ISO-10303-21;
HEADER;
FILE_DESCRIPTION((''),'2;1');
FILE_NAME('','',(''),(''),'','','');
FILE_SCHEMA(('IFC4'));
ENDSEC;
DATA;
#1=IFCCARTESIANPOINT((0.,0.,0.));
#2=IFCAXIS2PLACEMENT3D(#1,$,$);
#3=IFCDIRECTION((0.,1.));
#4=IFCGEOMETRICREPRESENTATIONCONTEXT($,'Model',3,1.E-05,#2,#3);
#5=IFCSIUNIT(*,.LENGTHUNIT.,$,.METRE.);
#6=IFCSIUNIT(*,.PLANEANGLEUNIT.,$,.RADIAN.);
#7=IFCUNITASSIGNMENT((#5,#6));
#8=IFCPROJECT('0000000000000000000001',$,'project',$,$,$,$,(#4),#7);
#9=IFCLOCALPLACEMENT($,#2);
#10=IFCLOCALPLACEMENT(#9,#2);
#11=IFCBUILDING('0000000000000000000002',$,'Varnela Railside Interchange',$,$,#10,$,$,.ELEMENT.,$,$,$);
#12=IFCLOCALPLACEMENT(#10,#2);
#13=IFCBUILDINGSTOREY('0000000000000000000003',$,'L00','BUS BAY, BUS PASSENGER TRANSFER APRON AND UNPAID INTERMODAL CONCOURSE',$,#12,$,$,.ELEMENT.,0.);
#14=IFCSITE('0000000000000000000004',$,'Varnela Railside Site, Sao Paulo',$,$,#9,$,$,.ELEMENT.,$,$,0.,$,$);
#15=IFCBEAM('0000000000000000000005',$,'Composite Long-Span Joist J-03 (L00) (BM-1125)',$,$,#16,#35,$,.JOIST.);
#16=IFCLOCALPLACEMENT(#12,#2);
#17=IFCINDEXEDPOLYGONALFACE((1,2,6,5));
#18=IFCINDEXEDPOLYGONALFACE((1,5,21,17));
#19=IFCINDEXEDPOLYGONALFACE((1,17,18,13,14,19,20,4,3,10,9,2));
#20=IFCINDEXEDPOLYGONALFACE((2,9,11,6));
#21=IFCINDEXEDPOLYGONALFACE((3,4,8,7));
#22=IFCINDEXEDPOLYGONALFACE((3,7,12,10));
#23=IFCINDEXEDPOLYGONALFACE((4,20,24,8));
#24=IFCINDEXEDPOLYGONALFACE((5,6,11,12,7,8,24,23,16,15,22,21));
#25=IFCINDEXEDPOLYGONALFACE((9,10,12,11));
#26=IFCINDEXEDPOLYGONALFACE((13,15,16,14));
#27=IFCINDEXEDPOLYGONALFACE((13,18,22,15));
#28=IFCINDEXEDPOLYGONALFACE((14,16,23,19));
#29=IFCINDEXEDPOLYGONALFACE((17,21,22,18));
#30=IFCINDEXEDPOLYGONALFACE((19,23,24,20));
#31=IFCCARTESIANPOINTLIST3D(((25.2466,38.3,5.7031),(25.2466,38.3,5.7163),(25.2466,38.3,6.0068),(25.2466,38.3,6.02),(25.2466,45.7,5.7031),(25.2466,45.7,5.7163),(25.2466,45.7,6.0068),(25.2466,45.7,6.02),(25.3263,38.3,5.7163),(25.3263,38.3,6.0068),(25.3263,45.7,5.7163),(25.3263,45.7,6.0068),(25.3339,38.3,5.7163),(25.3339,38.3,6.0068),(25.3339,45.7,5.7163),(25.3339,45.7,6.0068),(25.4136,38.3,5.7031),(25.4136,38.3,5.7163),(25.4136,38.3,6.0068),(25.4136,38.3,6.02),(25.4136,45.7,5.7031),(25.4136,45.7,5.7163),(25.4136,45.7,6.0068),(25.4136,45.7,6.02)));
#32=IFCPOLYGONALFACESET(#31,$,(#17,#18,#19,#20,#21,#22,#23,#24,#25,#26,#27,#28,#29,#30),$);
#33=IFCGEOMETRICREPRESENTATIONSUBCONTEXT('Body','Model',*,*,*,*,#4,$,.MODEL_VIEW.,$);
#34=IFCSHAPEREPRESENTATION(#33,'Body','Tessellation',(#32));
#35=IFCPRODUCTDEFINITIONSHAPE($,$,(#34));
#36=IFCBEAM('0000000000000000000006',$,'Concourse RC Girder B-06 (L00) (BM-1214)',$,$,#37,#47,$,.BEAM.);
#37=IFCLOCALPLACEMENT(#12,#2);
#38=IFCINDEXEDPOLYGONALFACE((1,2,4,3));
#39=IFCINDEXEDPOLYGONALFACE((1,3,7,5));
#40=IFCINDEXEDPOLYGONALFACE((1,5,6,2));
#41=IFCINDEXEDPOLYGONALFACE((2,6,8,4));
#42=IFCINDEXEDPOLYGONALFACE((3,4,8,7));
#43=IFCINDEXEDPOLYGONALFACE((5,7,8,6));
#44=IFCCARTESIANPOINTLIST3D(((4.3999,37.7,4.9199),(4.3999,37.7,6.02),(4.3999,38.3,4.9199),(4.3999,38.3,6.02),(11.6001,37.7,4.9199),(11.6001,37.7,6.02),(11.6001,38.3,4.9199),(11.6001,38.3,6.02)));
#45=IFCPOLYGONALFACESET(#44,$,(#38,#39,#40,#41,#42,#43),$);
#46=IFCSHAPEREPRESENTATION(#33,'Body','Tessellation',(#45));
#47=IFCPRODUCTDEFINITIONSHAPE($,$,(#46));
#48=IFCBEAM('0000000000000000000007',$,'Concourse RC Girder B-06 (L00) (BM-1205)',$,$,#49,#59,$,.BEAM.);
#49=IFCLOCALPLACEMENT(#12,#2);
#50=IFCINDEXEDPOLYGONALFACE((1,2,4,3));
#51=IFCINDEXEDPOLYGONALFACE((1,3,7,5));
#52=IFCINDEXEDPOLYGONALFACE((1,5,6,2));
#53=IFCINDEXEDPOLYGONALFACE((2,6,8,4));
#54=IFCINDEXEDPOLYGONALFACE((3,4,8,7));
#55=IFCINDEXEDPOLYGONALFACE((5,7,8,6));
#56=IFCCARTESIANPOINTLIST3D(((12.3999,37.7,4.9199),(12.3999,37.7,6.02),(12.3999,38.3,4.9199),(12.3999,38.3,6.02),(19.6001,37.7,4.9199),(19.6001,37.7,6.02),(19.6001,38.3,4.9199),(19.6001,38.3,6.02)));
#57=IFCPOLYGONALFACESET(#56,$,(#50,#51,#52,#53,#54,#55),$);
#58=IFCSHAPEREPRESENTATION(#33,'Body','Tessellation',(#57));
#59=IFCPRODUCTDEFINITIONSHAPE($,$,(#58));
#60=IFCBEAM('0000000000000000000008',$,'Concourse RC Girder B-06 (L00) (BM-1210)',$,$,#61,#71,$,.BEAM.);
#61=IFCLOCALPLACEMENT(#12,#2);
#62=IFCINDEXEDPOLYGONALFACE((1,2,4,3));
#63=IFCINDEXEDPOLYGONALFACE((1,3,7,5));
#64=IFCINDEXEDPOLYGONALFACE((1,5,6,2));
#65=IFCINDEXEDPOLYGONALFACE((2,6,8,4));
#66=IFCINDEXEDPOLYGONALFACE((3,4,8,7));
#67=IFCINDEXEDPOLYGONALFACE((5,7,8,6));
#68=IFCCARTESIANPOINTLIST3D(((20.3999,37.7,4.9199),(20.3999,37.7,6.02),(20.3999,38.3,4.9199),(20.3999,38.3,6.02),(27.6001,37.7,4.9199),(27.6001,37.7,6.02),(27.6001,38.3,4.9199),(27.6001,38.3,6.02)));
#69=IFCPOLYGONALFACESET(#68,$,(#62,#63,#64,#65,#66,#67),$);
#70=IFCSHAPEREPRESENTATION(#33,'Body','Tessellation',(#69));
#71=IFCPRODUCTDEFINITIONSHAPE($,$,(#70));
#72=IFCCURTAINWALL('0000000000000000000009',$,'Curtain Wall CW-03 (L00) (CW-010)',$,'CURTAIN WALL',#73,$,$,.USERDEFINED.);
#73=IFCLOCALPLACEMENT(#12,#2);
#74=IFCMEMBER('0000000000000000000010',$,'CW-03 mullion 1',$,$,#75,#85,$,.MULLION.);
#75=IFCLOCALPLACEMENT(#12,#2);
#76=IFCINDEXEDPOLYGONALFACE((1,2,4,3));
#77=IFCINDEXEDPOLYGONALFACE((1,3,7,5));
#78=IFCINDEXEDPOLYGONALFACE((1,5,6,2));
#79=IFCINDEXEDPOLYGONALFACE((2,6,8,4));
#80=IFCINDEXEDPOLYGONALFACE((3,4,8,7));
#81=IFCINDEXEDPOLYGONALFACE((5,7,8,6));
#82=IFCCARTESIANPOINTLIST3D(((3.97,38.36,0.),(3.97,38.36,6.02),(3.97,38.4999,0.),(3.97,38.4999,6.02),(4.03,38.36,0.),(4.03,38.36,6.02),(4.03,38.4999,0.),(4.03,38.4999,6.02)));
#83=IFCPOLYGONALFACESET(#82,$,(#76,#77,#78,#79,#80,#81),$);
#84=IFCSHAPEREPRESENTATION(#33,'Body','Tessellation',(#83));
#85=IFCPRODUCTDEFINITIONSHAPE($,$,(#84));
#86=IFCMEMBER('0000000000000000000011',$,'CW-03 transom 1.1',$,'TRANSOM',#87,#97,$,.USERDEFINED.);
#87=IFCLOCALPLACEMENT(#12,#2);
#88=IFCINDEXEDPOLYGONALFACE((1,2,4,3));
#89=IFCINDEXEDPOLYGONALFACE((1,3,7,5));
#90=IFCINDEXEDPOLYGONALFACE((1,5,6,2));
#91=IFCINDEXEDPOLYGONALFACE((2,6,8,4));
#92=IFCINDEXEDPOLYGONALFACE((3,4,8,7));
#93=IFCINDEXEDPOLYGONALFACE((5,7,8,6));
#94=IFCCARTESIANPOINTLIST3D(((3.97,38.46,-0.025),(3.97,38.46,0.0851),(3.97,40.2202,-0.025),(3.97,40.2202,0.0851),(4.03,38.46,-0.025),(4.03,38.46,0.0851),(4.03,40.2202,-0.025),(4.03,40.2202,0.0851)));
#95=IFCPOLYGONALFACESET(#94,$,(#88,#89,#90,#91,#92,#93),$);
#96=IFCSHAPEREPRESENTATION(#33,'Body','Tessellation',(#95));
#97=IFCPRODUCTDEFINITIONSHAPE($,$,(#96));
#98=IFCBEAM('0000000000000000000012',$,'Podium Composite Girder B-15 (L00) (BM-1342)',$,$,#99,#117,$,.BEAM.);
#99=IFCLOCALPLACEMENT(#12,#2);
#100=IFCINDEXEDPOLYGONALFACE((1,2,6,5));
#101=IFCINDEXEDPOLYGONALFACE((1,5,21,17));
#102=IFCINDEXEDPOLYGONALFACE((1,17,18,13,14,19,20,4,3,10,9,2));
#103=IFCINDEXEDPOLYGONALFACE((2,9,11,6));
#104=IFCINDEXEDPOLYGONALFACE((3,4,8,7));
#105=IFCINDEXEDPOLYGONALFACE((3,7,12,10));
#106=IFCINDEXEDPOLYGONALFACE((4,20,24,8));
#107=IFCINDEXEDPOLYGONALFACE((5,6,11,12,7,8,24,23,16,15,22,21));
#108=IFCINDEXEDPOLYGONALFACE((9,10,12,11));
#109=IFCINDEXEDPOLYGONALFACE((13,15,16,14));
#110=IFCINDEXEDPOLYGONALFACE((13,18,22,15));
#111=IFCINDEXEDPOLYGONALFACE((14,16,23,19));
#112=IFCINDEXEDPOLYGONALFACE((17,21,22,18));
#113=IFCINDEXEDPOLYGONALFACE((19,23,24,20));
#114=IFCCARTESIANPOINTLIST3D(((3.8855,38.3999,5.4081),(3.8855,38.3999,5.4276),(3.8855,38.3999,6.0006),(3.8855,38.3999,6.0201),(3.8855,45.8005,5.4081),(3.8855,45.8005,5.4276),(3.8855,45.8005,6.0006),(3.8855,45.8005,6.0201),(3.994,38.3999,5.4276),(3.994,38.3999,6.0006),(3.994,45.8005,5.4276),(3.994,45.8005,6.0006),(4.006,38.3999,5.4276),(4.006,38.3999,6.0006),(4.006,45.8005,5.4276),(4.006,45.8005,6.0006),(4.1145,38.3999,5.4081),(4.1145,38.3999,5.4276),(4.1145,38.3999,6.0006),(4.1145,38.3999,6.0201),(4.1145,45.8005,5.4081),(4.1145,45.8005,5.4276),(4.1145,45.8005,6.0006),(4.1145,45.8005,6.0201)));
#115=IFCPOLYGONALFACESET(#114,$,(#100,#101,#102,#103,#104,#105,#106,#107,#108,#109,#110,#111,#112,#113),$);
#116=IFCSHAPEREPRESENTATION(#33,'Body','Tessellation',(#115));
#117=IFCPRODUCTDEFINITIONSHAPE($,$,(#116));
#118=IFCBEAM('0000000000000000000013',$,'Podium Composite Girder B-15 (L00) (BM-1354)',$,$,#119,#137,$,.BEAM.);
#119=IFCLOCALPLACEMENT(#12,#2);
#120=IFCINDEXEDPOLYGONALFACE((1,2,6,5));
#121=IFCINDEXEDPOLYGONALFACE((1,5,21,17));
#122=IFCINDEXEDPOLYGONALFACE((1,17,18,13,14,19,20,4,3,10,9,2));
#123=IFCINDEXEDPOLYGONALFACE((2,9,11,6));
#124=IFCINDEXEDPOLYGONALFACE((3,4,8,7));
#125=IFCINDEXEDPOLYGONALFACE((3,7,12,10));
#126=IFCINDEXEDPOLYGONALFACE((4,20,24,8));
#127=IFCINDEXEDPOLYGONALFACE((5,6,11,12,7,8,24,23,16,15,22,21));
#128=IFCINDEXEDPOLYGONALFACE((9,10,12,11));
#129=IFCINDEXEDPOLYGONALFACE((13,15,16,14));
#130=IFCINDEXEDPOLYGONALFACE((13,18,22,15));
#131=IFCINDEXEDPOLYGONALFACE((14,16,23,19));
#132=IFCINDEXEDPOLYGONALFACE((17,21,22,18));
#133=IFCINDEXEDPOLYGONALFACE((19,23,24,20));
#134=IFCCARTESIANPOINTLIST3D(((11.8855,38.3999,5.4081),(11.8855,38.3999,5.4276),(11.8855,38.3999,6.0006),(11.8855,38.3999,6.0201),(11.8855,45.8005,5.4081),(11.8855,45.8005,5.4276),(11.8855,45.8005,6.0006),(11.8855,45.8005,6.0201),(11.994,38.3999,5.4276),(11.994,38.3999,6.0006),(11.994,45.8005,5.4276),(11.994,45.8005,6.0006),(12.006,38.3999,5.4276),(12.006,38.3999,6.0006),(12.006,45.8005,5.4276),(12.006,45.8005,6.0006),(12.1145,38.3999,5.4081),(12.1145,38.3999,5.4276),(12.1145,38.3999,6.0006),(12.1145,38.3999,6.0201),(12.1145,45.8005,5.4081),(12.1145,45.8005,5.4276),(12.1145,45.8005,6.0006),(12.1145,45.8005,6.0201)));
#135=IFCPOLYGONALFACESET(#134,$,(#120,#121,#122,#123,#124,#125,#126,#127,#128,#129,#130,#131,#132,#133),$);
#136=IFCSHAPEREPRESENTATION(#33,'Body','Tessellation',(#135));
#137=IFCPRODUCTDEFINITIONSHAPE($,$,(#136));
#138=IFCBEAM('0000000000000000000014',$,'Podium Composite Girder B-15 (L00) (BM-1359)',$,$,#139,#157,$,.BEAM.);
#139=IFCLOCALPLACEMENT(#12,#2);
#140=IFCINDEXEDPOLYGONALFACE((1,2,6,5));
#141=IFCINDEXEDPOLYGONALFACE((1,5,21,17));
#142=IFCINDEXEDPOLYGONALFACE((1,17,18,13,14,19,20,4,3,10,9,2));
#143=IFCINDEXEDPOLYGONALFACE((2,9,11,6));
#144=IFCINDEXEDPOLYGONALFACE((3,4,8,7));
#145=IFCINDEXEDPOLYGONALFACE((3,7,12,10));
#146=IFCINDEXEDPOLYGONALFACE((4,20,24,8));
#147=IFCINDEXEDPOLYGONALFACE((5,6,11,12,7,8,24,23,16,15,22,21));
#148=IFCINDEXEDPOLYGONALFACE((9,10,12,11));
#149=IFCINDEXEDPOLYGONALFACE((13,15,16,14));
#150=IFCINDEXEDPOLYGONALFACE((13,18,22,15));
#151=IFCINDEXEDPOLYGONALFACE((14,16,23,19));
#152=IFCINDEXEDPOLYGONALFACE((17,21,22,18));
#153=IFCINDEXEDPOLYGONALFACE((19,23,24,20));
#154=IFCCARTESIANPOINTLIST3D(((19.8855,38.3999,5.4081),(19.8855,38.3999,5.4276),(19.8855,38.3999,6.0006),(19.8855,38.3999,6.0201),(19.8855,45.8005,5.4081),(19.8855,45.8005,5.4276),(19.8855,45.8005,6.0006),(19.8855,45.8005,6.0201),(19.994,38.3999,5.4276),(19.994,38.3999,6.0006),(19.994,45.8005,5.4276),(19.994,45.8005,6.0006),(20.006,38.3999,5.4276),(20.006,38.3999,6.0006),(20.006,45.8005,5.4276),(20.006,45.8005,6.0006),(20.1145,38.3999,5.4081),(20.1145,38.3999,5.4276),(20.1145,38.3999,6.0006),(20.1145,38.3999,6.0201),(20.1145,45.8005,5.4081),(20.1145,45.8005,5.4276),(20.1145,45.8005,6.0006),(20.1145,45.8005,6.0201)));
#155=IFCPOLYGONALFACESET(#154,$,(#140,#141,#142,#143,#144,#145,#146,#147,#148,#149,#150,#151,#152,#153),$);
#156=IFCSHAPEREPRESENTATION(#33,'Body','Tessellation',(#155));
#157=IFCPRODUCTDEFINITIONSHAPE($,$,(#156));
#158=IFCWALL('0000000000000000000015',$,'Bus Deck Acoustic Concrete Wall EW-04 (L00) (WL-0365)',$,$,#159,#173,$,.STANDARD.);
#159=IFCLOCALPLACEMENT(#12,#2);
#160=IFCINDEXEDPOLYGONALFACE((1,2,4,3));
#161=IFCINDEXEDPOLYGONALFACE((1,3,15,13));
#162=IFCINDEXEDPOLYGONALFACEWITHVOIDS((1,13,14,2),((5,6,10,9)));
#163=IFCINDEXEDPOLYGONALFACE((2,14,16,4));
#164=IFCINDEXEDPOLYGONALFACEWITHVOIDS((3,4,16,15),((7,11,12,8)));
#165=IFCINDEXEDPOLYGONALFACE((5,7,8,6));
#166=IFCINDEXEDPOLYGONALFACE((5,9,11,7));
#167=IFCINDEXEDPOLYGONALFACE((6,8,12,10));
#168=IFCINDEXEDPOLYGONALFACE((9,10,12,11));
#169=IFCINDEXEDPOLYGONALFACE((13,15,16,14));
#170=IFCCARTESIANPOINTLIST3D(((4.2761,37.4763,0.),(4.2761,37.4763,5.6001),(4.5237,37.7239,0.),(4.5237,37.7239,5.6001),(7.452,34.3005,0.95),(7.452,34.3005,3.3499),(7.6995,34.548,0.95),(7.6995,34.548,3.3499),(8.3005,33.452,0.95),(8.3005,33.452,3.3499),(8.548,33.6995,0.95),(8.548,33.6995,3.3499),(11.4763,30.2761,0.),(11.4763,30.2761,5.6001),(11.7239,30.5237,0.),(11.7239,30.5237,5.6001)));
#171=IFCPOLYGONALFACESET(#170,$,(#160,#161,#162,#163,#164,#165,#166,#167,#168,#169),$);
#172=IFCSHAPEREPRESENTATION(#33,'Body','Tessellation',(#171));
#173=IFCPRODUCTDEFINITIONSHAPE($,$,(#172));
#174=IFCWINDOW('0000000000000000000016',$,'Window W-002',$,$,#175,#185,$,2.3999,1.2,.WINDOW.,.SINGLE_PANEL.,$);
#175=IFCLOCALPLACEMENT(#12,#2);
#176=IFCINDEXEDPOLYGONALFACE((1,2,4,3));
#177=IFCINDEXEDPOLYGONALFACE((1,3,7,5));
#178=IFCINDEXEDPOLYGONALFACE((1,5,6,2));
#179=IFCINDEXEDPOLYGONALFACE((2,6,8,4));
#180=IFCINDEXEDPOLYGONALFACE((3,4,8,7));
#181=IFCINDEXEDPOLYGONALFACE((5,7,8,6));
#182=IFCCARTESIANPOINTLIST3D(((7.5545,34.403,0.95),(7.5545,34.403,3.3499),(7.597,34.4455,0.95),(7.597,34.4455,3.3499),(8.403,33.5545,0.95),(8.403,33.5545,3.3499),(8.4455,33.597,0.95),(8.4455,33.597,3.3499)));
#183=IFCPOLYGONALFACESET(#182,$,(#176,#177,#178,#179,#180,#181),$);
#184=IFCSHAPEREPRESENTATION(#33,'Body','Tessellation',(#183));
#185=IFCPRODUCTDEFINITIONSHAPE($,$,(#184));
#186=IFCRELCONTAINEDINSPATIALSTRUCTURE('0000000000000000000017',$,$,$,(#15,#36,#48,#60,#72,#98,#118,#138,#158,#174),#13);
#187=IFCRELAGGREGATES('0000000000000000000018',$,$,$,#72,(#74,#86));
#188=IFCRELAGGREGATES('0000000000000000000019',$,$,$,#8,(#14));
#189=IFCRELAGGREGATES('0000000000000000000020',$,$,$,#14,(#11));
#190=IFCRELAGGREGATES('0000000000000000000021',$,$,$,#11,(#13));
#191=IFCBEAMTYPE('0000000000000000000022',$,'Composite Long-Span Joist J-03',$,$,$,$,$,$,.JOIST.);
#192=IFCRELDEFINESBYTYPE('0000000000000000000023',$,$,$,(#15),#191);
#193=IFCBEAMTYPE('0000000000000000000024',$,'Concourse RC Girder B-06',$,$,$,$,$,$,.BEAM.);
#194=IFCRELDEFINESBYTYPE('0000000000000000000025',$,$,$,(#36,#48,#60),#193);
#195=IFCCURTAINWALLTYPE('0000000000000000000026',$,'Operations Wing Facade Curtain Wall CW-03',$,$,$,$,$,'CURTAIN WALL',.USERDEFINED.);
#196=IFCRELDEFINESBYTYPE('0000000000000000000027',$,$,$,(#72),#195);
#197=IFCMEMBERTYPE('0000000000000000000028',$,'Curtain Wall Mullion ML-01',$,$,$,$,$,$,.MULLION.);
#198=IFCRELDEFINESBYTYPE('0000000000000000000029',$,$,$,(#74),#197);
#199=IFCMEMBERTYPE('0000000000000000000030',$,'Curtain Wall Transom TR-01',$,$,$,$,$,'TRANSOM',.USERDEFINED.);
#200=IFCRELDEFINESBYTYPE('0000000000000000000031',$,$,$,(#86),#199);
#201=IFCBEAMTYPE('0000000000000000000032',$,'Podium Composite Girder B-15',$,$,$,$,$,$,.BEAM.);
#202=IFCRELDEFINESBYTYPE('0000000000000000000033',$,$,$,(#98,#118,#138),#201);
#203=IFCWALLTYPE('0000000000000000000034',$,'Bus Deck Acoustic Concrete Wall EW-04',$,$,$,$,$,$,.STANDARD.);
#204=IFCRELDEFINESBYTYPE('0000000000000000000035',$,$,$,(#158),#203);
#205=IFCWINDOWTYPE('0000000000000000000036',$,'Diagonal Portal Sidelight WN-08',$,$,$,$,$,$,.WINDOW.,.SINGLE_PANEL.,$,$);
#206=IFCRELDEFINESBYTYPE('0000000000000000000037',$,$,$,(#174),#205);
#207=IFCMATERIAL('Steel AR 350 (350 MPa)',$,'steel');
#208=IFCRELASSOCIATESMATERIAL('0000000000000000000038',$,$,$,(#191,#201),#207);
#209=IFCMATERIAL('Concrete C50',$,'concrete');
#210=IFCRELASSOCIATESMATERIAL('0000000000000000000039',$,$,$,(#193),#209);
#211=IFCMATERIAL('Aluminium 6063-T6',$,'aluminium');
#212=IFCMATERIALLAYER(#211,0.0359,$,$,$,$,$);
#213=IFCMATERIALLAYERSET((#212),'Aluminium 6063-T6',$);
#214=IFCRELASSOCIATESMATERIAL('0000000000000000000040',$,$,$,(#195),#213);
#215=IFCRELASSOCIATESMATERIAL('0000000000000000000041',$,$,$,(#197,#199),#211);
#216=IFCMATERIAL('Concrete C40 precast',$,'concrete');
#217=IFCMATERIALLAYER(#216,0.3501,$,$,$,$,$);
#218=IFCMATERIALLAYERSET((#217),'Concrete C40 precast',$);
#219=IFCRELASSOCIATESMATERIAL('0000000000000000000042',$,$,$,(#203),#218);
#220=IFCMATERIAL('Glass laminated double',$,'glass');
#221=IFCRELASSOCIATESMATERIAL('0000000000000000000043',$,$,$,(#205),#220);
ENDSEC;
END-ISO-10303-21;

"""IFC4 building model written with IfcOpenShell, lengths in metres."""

from ifc_helpers import new_model, si_unit, direction, frame, frame_2d, origin, origin_2d, place, context, subcontext, project, spatial, rectangle, i_section, extrude, material, layer, layer_set, material_profile, profile_set, type_object, element, fill, aggregate, save


model = new_model("IFC4")

# Units and contexts
model_context = context("Model", 3, precision=1e-05, world=origin(), true_north=direction((0.0, 1.0)))
body_context = subcontext(model_context, "Body", "Model", "MODEL_VIEW")
ifc_project = project(units=[si_unit("LENGTHUNIT", "METRE"), si_unit("PLANEANGLEUNIT", "RADIAN")], contexts=[model_context])

# Site, building, storey
site_placement = place(None, origin())
site = spatial("IfcSite", under=ifc_project, at=site_placement, Name="Varnela Railside Site, Sao Paulo", CompositionType="ELEMENT", RefElevation=0.0)
building_placement = place(site_placement, origin())
building = spatial("IfcBuilding", under=site, at=building_placement, Name="Varnela Railside Interchange", CompositionType="ELEMENT")
storey_placement = place(building_placement, origin())
storey = spatial("IfcBuildingStorey", under=building, at=storey_placement, Name="L00", Description="BUS BAY, BUS PASSENGER TRANSFER APRON AND UNPAID INTERMODAL CONCOURSE", CompositionType="ELEMENT", Elevation=0.0)

# Shared definitions
ifc_material_1 = material(Name="Concrete C50", Category="concrete")

# Beams
ifc_material_2 = material(Name="Steel AR 350 (350 MPa)", Category="steel")
ifc_material_profile_1 = material_profile(ifc_material_2, i_section(OverallWidth=0.167, OverallDepth=0.3169, WebThickness=0.0076, FlangeThickness=0.0132, at=origin_2d()), Name="W310x52")
ifc_profile_set_1 = profile_set([ifc_material_profile_1], Name="Steel AR 350 (350 MPa)")
beam_type_1 = type_object("IfcBeamType", Name="Composite Long-Span Joist J-03", PredefinedType="JOIST", material=ifc_profile_set_1)
for number, where, z_axis, x_axis, name in (
    (1, (25.3301, 38.3, 5.8616), (0.0, 1.0, 0.0), (-1.0, 0.0, 0.0), "Composite Long-Span Joist J-03 (L00) (BM-1125)"),
):
    element("IfcBeam", number, at=place(storey_placement, frame(where, z_axis=z_axis, x_axis=x_axis)), inside=storey, type_object=beam_type_1, Name=name, PredefinedType="JOIST", context=body_context, shape_type="SweptSolid", body=[
        extrude(i_section(OverallWidth=0.167, OverallDepth=0.3169, WebThickness=0.0076, FlangeThickness=0.0132, at=origin_2d()), origin(), (0.0, 0.0, 1.0), 7.3999),
    ])
ifc_material_profile_2 = material_profile(ifc_material_1, rectangle(XDim=0.6001, YDim=1.1001, at=origin_2d()), Name="RC 600x1100")
ifc_profile_set_2 = profile_set([ifc_material_profile_2], Name="Concrete C50")
beam_type_2 = type_object("IfcBeamType", Name="Concourse RC Girder B-06", PredefinedType="BEAM", material=ifc_profile_set_2)
for number, where, z_axis, x_axis, name in (
    (2, (4.3999, 38.0, 5.47), (1.0, 0.0, 0.0), (0.0, 1.0, 0.0), "Concourse RC Girder B-06 (L00) (BM-1214)"),
    (3, (12.3999, 38.0, 5.47), (1.0, 0.0, 0.0), (0.0, 1.0, 0.0), "Concourse RC Girder B-06 (L00) (BM-1205)"),
    (4, (20.3999, 38.0, 5.47), (1.0, 0.0, 0.0), (0.0, 1.0, 0.0), "Concourse RC Girder B-06 (L00) (BM-1210)"),
):
    element("IfcBeam", number, at=place(storey_placement, frame(where, z_axis=z_axis, x_axis=x_axis)), inside=storey, type_object=beam_type_2, Name=name, PredefinedType="BEAM", context=body_context, shape_type="SweptSolid", body=[
        extrude(rectangle(XDim=0.6001, YDim=1.1001, at=origin_2d()), origin(), (0.0, 0.0, 1.0), 7.2002),
    ])

# Curtain wall, members
ifc_material_3 = material(Name="Aluminium 6063-T6", Category="aluminium")
ifc_layer_1 = layer(ifc_material_3, 0.0359)
ifc_layer_set_1 = layer_set([ifc_layer_1], Name="Aluminium 6063-T6")
curtain_wall_type = type_object("IfcCurtainWallType", Name="Operations Wing Facade Curtain Wall CW-03", ElementType="CURTAIN WALL", PredefinedType="USERDEFINED", material=ifc_layer_set_1)
curtain_wall_placement = place(storey_placement, origin())
curtain_wall = element("IfcCurtainWall", 5, at=curtain_wall_placement, inside=storey, type_object=curtain_wall_type, Name="Curtain Wall CW-03 (L00) (CW-010)", ObjectType="CURTAIN WALL", PredefinedType="USERDEFINED")
ifc_material_profile_3 = material_profile(ifc_material_3, rectangle(XDim=0.0601, YDim=0.1399, at=origin_2d()), Name="ALU 60x140")
ifc_profile_set_3 = profile_set([ifc_material_profile_3], Name="Aluminium 6063-T6")
member_type_1 = type_object("IfcMemberType", Name="Curtain Wall Mullion ML-01", PredefinedType="MULLION", material=ifc_profile_set_3)
member_1_placement = place(storey_placement, frame((4.0, 38.4299, 0.0), z_axis=(0.0, 0.0, 1.0), x_axis=(-1.0, 0.0, 0.0)))
member_1 = element("IfcMember", 6, at=member_1_placement, type_object=member_type_1, Name="CW-03 mullion 1", PredefinedType="MULLION", context=body_context, shape_type="SweptSolid", body=[
    extrude(rectangle(XDim=0.0601, YDim=0.1399, at=origin_2d()), origin(), (0.0, 0.0, 1.0), 6.02),
])
ifc_material_profile_4 = material_profile(ifc_material_3, rectangle(XDim=0.0601, YDim=0.1101, at=origin_2d()), Name="ALU 60x110")
ifc_profile_set_4 = profile_set([ifc_material_profile_4], Name="Aluminium 6063-T6")
member_type_2 = type_object("IfcMemberType", Name="Curtain Wall Transom TR-01", ElementType="TRANSOM", PredefinedType="USERDEFINED", material=ifc_profile_set_4)
member_2_placement = place(storey_placement, frame((4.0, 38.46, 0.03), z_axis=(0.0, 1.0, 0.0), x_axis=(-1.0, 0.0, 0.0)))
member_2 = element("IfcMember", 7, at=member_2_placement, type_object=member_type_2, Name="CW-03 transom 1.1", ObjectType="TRANSOM", PredefinedType="USERDEFINED", context=body_context, shape_type="SweptSolid", body=[
    extrude(rectangle(XDim=0.0601, YDim=0.1101, at=origin_2d()), origin(), (0.0, 0.0, 1.0), 1.7603),
])
aggregate(curtain_wall, [member_1, member_2])

# Beams
ifc_material_profile_5 = material_profile(ifc_material_2, i_section(OverallWidth=0.229, OverallDepth=0.6121, WebThickness=0.012, FlangeThickness=0.0195, at=origin_2d()), Name="W610x125")
ifc_profile_set_5 = profile_set([ifc_material_profile_5], Name="Steel AR 350 (350 MPa)")
beam_type_3 = type_object("IfcBeamType", Name="Podium Composite Girder B-15", PredefinedType="BEAM", material=ifc_profile_set_5)
for number, where, z_axis, x_axis, name in (
    (8, (4.0, 38.3999, 5.7141), (0.0, 1.0, 0.0), (-1.0, 0.0, 0.0), "Podium Composite Girder B-15 (L00) (BM-1342)"),
    (9, (12.0, 38.3999, 5.7141), (0.0, 1.0, 0.0), (-1.0, 0.0, 0.0), "Podium Composite Girder B-15 (L00) (BM-1354)"),
    (10, (20.0, 38.3999, 5.7141), (0.0, 1.0, 0.0), (-1.0, 0.0, 0.0), "Podium Composite Girder B-15 (L00) (BM-1359)"),
):
    element("IfcBeam", number, at=place(storey_placement, frame(where, z_axis=z_axis, x_axis=x_axis)), inside=storey, type_object=beam_type_3, Name=name, PredefinedType="BEAM", context=body_context, shape_type="SweptSolid", body=[
        extrude(i_section(OverallWidth=0.229, OverallDepth=0.6121, WebThickness=0.012, FlangeThickness=0.0195, at=origin_2d()), origin(), (0.0, 0.0, 1.0), 7.4006),
    ])

# Shared definitions
ifc_material_4 = material(Name="Concrete C40 precast", Category="concrete")
ifc_layer_2 = layer(ifc_material_4, 0.3501)
ifc_layer_set_2 = layer_set([ifc_layer_2], Name="Concrete C40 precast")
wall_type = type_object("IfcWallType", Name="Bus Deck Acoustic Concrete Wall EW-04", PredefinedType="STANDARD", material=ifc_layer_set_2)

# Wall, opening, window
wall_1_placement = place(storey_placement, frame((11.6001, 30.3999, 0.0), z_axis=(0.0, 0.0, 1.0), x_axis=(-0.707107, 0.707107, 0.0)))
wall_1 = element("IfcWall", 11, at=wall_1_placement, inside=storey, type_object=wall_type, Name="Bus Deck Acoustic Concrete Wall EW-04 (L00) (WL-0365)", PredefinedType="STANDARD", context=body_context, shape_type="SweptSolid", body=[
    extrude(rectangle(XDim=10.1826, YDim=0.3501, at=frame_2d((5.0913, 0.0))), origin(), (0.0, 0.0, 1.0), 5.6001),
])
opening_1_placement = place(wall_1_placement, frame((4.4912, 0.0, 0.95)))
opening_1 = element("IfcOpeningElement", 12, at=opening_1_placement, cuts=wall_1, PredefinedType="OPENING", context=body_context, shape_type="SweptSolid", body=[
    extrude(rectangle(XDim=1.2, YDim=2.3999, at=frame_2d((0.6001, 1.2))), frame((0.0, 0.1851, 0.0), z_axis=(0.0, -1.0, 0.0), x_axis=(1.0, 0.0, 0.0)), (0.0, 0.0, 1.0), 0.3701),
])
ifc_material_5 = material(Name="Glass laminated double", Category="glass")
window_type = type_object("IfcWindowType", Name="Diagonal Portal Sidelight WN-08", PartitioningType="SINGLE_PANEL", PredefinedType="WINDOW", material=ifc_material_5)
window_placement = place(opening_1_placement, origin())
window = element("IfcWindow", 13, at=window_placement, inside=storey, type_object=window_type, Name="Window W-002", OverallHeight=2.3999, OverallWidth=1.2, PartitioningType="SINGLE_PANEL", PredefinedType="WINDOW", context=body_context, shape_type="SweptSolid", body=[
    extrude(rectangle(XDim=1.2, YDim=2.3999, at=frame_2d((0.6001, 1.2))), frame((0.0, 0.03, 0.0), z_axis=(0.0, -1.0, 0.0), x_axis=(1.0, 0.0, 0.0)), (0.0, 0.0, 1.0), 0.0601),
])
fill(opening_1, window)

save(model, "model.ifc")
